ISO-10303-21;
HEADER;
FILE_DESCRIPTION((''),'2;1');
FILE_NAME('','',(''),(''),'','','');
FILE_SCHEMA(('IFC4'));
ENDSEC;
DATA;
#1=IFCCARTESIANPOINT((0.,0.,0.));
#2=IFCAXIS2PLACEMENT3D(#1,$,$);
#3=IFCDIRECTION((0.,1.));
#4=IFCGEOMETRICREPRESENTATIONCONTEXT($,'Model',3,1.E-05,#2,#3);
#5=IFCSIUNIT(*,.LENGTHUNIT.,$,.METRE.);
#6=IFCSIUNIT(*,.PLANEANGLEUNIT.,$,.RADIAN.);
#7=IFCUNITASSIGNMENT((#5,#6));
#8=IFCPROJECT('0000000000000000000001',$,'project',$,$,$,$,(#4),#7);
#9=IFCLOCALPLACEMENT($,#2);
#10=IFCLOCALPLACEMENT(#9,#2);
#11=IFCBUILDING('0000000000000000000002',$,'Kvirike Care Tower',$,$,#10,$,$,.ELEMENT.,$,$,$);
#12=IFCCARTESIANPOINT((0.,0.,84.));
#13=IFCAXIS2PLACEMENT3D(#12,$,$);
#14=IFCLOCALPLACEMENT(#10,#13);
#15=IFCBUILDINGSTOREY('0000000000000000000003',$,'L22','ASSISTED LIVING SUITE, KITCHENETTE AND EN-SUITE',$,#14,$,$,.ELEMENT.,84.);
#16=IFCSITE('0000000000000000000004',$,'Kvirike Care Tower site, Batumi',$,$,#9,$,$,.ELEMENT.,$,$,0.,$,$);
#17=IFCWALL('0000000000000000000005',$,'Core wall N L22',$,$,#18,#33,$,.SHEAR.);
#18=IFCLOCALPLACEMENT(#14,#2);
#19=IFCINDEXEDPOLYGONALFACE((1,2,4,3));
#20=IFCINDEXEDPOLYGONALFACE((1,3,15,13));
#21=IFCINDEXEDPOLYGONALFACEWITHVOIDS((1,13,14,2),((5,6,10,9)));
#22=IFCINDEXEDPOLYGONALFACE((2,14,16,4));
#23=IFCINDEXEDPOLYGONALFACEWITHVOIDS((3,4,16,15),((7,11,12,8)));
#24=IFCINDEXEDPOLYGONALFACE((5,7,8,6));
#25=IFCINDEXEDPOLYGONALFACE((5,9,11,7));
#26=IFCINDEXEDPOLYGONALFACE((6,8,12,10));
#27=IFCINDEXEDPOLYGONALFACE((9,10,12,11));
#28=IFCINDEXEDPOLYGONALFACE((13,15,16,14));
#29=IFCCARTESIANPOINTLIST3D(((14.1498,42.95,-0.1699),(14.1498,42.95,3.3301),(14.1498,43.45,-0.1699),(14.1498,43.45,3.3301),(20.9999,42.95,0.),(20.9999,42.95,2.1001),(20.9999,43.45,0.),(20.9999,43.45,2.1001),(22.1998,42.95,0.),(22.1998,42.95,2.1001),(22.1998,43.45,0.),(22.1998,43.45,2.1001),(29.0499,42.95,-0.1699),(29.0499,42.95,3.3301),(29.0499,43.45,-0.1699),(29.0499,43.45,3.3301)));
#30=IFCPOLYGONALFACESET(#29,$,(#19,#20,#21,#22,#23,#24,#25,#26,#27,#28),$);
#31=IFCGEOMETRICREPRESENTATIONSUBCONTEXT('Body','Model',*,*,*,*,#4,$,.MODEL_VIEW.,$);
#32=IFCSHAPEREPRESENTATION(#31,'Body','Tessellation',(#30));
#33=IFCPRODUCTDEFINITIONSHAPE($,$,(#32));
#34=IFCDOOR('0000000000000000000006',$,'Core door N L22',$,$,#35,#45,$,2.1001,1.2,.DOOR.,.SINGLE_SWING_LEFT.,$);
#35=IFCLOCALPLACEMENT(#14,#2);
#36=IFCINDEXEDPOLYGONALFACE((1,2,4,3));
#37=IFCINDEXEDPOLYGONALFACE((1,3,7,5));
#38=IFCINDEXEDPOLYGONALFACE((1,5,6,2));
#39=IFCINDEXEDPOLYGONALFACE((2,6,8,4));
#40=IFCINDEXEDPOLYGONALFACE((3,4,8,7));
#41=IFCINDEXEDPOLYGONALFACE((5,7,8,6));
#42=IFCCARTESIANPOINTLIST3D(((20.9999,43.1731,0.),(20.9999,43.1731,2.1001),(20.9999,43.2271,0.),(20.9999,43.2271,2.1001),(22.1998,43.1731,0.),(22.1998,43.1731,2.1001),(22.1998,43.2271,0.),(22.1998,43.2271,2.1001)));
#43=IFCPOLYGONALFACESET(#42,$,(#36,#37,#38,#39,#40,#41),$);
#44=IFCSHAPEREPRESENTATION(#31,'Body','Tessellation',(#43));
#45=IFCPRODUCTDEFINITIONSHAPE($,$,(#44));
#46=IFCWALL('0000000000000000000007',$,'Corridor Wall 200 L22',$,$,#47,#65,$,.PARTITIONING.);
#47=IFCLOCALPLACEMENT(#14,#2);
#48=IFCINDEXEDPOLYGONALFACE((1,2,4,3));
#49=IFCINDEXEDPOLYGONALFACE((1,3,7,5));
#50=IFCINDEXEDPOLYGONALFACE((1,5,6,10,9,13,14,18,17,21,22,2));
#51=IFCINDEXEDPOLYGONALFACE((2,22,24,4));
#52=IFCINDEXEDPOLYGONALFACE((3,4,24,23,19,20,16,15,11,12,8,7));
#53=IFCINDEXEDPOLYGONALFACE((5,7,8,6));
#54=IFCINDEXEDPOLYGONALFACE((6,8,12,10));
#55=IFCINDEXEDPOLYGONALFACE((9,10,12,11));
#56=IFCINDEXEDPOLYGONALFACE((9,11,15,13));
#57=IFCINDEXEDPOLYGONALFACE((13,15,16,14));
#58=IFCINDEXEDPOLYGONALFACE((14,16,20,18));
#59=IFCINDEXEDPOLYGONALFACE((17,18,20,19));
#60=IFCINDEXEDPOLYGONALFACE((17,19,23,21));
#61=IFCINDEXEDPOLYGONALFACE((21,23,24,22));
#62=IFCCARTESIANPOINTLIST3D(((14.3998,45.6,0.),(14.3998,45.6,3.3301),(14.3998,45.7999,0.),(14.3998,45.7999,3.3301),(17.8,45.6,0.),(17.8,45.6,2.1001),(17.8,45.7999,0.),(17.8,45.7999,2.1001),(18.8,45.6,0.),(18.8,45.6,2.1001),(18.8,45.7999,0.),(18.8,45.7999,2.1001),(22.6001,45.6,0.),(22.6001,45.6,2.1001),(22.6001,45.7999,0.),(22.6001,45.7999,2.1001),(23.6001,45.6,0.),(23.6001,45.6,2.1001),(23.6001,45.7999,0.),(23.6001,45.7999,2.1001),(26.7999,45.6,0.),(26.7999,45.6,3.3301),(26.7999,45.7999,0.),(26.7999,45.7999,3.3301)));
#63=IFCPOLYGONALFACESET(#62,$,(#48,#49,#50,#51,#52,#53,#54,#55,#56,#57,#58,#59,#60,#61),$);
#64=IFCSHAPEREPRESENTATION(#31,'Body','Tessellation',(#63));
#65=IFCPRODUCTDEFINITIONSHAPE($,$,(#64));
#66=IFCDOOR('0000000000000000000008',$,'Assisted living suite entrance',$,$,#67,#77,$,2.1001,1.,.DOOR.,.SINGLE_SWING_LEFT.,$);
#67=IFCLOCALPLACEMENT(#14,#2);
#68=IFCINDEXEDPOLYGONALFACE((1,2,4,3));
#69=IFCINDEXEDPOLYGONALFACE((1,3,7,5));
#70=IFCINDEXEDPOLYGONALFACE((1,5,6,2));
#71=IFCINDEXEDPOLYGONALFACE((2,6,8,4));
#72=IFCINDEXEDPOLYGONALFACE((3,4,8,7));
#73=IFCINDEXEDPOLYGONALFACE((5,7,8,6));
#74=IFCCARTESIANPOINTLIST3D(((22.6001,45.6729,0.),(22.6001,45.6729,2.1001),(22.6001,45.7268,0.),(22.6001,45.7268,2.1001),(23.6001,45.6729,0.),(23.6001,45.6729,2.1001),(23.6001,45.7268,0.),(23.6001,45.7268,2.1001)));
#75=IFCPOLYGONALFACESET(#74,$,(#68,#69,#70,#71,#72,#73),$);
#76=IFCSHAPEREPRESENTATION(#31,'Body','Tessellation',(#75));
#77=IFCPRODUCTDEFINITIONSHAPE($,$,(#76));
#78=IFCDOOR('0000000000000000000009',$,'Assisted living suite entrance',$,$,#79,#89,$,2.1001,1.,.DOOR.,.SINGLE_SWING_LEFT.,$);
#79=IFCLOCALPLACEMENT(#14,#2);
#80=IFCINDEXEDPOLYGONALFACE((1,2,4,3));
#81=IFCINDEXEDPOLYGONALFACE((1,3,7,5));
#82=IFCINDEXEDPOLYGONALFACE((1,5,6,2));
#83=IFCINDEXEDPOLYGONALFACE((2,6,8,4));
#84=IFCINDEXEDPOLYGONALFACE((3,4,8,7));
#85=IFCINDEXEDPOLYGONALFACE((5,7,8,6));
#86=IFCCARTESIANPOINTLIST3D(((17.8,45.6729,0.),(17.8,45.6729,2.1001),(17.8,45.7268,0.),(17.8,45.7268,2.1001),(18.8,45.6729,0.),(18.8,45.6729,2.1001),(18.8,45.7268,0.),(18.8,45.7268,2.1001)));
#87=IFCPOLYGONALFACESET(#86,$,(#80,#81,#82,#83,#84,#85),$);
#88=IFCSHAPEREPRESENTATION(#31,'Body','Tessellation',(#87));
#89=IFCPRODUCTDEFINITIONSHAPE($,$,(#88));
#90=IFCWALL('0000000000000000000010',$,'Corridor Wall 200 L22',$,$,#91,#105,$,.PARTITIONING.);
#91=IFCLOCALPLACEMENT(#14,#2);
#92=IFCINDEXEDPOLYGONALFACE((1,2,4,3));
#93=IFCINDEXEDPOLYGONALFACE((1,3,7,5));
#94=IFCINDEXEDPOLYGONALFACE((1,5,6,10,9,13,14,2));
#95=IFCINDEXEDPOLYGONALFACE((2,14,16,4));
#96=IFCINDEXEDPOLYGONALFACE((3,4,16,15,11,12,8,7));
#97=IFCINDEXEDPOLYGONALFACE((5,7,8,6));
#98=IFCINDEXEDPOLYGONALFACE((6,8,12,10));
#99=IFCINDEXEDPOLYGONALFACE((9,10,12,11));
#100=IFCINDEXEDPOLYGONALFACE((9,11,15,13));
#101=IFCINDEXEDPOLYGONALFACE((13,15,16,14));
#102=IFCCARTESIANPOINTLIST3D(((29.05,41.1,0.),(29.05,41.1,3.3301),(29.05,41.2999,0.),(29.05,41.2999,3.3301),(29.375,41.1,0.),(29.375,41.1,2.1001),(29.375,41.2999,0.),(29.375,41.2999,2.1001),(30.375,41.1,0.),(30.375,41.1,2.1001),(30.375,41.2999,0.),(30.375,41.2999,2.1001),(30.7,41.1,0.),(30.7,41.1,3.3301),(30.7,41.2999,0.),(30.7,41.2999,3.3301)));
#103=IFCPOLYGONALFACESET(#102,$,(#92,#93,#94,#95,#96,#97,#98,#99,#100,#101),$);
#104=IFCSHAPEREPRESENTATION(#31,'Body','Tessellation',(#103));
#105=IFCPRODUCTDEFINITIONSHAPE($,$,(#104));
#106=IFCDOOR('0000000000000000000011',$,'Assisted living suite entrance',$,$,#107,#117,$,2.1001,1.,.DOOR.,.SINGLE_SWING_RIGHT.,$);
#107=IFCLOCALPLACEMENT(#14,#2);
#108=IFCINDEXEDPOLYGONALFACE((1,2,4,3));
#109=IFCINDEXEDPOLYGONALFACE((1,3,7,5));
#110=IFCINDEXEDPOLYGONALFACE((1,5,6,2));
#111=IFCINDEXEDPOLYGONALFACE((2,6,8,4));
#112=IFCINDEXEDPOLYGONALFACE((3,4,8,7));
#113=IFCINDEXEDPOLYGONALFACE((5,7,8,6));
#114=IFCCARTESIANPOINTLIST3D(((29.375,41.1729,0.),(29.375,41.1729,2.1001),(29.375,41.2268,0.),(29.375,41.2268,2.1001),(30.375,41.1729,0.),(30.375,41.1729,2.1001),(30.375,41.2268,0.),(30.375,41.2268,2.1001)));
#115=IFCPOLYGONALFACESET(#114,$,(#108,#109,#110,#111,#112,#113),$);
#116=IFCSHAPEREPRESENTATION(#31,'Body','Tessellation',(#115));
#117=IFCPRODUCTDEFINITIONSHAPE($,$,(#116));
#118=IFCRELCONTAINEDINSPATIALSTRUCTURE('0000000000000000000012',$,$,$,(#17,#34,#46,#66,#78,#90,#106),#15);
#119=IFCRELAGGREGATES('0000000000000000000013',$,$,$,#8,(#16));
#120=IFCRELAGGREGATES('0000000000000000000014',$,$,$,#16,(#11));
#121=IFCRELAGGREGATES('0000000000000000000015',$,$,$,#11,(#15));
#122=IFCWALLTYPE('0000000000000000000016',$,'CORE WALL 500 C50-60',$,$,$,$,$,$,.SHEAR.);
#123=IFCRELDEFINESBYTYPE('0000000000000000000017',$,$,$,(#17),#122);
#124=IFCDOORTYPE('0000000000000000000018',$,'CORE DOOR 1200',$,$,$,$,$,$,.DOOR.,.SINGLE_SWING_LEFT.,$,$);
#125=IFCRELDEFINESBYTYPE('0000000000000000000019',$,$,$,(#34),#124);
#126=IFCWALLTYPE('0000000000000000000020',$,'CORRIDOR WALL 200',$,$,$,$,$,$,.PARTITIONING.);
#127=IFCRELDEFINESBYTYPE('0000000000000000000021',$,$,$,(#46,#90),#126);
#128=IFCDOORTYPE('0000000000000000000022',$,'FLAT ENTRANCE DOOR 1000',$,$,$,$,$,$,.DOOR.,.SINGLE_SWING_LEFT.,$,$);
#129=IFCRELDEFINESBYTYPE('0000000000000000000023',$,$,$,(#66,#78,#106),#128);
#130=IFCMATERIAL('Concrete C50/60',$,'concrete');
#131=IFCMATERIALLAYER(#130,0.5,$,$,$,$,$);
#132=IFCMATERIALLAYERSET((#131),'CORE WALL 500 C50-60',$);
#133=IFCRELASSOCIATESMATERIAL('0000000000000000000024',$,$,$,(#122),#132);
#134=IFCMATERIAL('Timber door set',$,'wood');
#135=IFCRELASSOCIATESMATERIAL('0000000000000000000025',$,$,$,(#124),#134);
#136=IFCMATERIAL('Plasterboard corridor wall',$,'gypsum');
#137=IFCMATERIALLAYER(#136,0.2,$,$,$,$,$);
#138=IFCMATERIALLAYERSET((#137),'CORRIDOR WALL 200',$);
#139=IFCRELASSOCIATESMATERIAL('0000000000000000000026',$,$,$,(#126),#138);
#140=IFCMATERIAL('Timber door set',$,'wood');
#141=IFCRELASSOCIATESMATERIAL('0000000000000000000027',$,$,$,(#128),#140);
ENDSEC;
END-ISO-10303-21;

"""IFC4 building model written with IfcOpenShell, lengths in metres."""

from ifc_helpers import new_model, si_unit, direction, frame, frame_2d, origin, place, context, subcontext, project, spatial, rectangle, extrude, material, layer, layer_set, type_object, element, fill, save


model = new_model("IFC4")

# Units and contexts
model_context = context("Model", 3, precision=1e-05, world=origin(), true_north=direction((0.0, 1.0)))
body_context = subcontext(model_context, "Body", "Model", "MODEL_VIEW")
ifc_project = project(units=[si_unit("LENGTHUNIT", "METRE"), si_unit("PLANEANGLEUNIT", "RADIAN")], contexts=[model_context])

# Site, building, storey
site_placement = place(None, origin())
site = spatial("IfcSite", under=ifc_project, at=site_placement, Name="Kvirike Care Tower site, Batumi", CompositionType="ELEMENT", RefElevation=0.0)
building_placement = place(site_placement, origin())
building = spatial("IfcBuilding", under=site, at=building_placement, Name="Kvirike Care Tower", CompositionType="ELEMENT")
storey_placement = place(building_placement, frame((0.0, 0.0, 84.0)))
storey = spatial("IfcBuildingStorey", under=building, at=storey_placement, Name="L22", Description="ASSISTED LIVING SUITE, KITCHENETTE AND EN-SUITE", CompositionType="ELEMENT", Elevation=84.0)

# Wall, opening, door
ifc_material_1 = material(Name="Concrete C50/60", Category="concrete")
ifc_layer_1 = layer(ifc_material_1, 0.5)
ifc_layer_set_1 = layer_set([ifc_layer_1], Name="CORE WALL 500 C50-60")
wall_type_1 = type_object("IfcWallType", Name="CORE WALL 500 C50-60", PredefinedType="SHEAR", material=ifc_layer_set_1)
wall_1_placement = place(storey_placement, frame((29.05, 43.2, -0.1699), z_axis=(0.0, 0.0, 1.0), x_axis=(-1.0, 0.0, 0.0)))
wall_1 = element("IfcWall", 1, at=wall_1_placement, inside=storey, type_object=wall_type_1, Name="Core wall N L22", PredefinedType="SHEAR", context=body_context, shape_type="SweptSolid", body=[
    extrude(rectangle(XDim=14.9001, YDim=0.5, at=frame_2d((7.4502, 0.0))), origin(), (0.0, 0.0, 1.0), 3.5),
])
opening_1_placement = place(wall_1_placement, frame((6.8501, 0.0, 0.1699)))
opening_1 = element("IfcOpeningElement", 2, at=opening_1_placement, cuts=wall_1, PredefinedType="OPENING", context=body_context, shape_type="SweptSolid", body=[
    extrude(rectangle(XDim=1.2, YDim=2.1001, at=frame_2d((0.6001, 1.05))), frame((0.0, 0.2605, 0.0), z_axis=(0.0, -1.0, 0.0), x_axis=(1.0, 0.0, 0.0)), (0.0, 0.0, 1.0), 0.521),
])
ifc_material_2 = material(Name="Timber door set", Category="wood")
door_type_1 = type_object("IfcDoorType", Name="CORE DOOR 1200", OperationType="SINGLE_SWING_LEFT", PredefinedType="DOOR", material=ifc_material_2)
door_1_placement = place(opening_1_placement, origin())
door_1 = element("IfcDoor", 3, at=door_1_placement, inside=storey, type_object=door_type_1, Name="Core door N L22", OperationType="SINGLE_SWING_LEFT", OverallHeight=2.1001, OverallWidth=1.2, PredefinedType="DOOR", context=body_context, shape_type="SweptSolid", body=[
    extrude(rectangle(XDim=1.2, YDim=2.1001, at=frame_2d((0.6001, 1.05))), frame((0.0, 0.0269, 0.0), z_axis=(0.0, -1.0, 0.0), x_axis=(1.0, 0.0, 0.0)), (0.0, 0.0, 1.0), 0.054),
])
fill(opening_1, door_1)

# Wall, openings, doors
ifc_material_3 = material(Name="Plasterboard corridor wall", Category="gypsum")
ifc_layer_2 = layer(ifc_material_3, 0.2)
ifc_layer_set_2 = layer_set([ifc_layer_2], Name="CORRIDOR WALL 200")
wall_type_2 = type_object("IfcWallType", Name="CORRIDOR WALL 200", PredefinedType="PARTITIONING", material=ifc_layer_set_2)
wall_2_placement = place(storey_placement, frame((26.8, 45.7, 0.0), z_axis=(0.0, 0.0, 1.0), x_axis=(-1.0, 0.0, 0.0)))
wall_2 = element("IfcWall", 4, at=wall_2_placement, inside=storey, type_object=wall_type_2, Name="Corridor Wall 200 L22", PredefinedType="PARTITIONING", context=body_context, shape_type="SweptSolid", body=[
    extrude(rectangle(XDim=12.4001, YDim=0.2, at=frame_2d((6.2002, 0.0))), origin(), (0.0, 0.0, 1.0), 3.3301),
])
opening_2_placement = place(wall_2_placement, frame((3.2, 0.0, 0.0)))
opening_2 = element("IfcOpeningElement", 5, at=opening_2_placement, cuts=wall_2, PredefinedType="OPENING", context=body_context, shape_type="SweptSolid", body=[
    extrude(rectangle(XDim=1.0, YDim=2.1001, at=frame_2d((0.5, 1.05))), frame((0.0, 0.1106, 0.0), z_axis=(0.0, -1.0, 0.0), x_axis=(1.0, 0.0, 0.0)), (0.0, 0.0, 1.0), 0.2209),
])
opening_3_placement = place(wall_2_placement, frame((8.0, 0.0, 0.0)))
opening_3 = element("IfcOpeningElement", 6, at=opening_3_placement, cuts=wall_2, PredefinedType="OPENING", context=body_context, shape_type="SweptSolid", body=[
    extrude(rectangle(XDim=1.0, YDim=2.1001, at=frame_2d((0.5, 1.05))), frame((0.0, 0.1106, 0.0), z_axis=(0.0, -1.0, 0.0), x_axis=(1.0, 0.0, 0.0)), (0.0, 0.0, 1.0), 0.2209),
])
ifc_material_4 = material(Name="Timber door set", Category="wood")
door_type_2 = type_object("IfcDoorType", Name="FLAT ENTRANCE DOOR 1000", OperationType="SINGLE_SWING_LEFT", PredefinedType="DOOR", material=ifc_material_4)
door_2_placement = place(opening_2_placement, frame((1.0, 0.0, 0.0), z_axis=(0.0, 0.0, 1.0), x_axis=(-1.0, 0.0, 0.0)))
door_2 = element("IfcDoor", 7, at=door_2_placement, inside=storey, type_object=door_type_2, Name="Assisted living suite entrance", OperationType="SINGLE_SWING_LEFT", OverallHeight=2.1001, OverallWidth=1.0, PredefinedType="DOOR", context=body_context, shape_type="SweptSolid", body=[
    extrude(rectangle(XDim=1.0, YDim=2.1001, at=frame_2d((0.5, 1.05))), frame((0.0, 0.0269, 0.0), z_axis=(0.0, -1.0, 0.0), x_axis=(1.0, 0.0, 0.0)), (0.0, 0.0, 1.0), 0.054),
])
fill(opening_2, door_2)
door_3_placement = place(opening_3_placement, frame((1.0, 0.0, 0.0), z_axis=(0.0, 0.0, 1.0), x_axis=(-1.0, 0.0, 0.0)))
door_3 = element("IfcDoor", 8, at=door_3_placement, inside=storey, type_object=door_type_2, Name="Assisted living suite entrance", OperationType="SINGLE_SWING_LEFT", OverallHeight=2.1001, OverallWidth=1.0, PredefinedType="DOOR", context=body_context, shape_type="SweptSolid", body=[
    extrude(rectangle(XDim=1.0, YDim=2.1001, at=frame_2d((0.5, 1.05))), frame((0.0, 0.0269, 0.0), z_axis=(0.0, -1.0, 0.0), x_axis=(1.0, 0.0, 0.0)), (0.0, 0.0, 1.0), 0.054),
])
fill(opening_3, door_3)

# Wall, opening, door
wall_3_placement = place(storey_placement, frame((30.7, 41.2, 0.0), z_axis=(0.0, 0.0, 1.0), x_axis=(-1.0, 0.0, 0.0)))
wall_3 = element("IfcWall", 9, at=wall_3_placement, inside=storey, type_object=wall_type_2, Name="Corridor Wall 200 L22", PredefinedType="PARTITIONING", context=body_context, shape_type="SweptSolid", body=[
    extrude(rectangle(XDim=1.6499, YDim=0.2, at=frame_2d((0.825, 0.0))), origin(), (0.0, 0.0, 1.0), 3.3301),
])
opening_4_placement = place(wall_3_placement, frame((0.325, 0.0, 0.0)))
opening_4 = element("IfcOpeningElement", 10, at=opening_4_placement, cuts=wall_3, PredefinedType="OPENING", context=body_context, shape_type="SweptSolid", body=[
    extrude(rectangle(XDim=1.0, YDim=2.1001, at=frame_2d((0.5, 1.05))), frame((0.0, 0.1106, 0.0), z_axis=(0.0, -1.0, 0.0), x_axis=(1.0, 0.0, 0.0)), (0.0, 0.0, 1.0), 0.2209),
])
door_4_placement = place(opening_4_placement, frame((1.0, 0.0, 0.0), z_axis=(0.0, 0.0, 1.0), x_axis=(-1.0, 0.0, 0.0)))
door_4 = element("IfcDoor", 11, at=door_4_placement, inside=storey, type_object=door_type_2, Name="Assisted living suite entrance", OperationType="SINGLE_SWING_RIGHT", OverallHeight=2.1001, OverallWidth=1.0, PredefinedType="DOOR", context=body_context, shape_type="SweptSolid", body=[
    extrude(rectangle(XDim=1.0, YDim=2.1001, at=frame_2d((0.5, 1.05))), frame((0.0, 0.0269, 0.0), z_axis=(0.0, -1.0, 0.0), x_axis=(1.0, 0.0, 0.0)), (0.0, 0.0, 1.0), 0.054),
])
fill(opening_4, door_4)

save(model, "model.ifc")
